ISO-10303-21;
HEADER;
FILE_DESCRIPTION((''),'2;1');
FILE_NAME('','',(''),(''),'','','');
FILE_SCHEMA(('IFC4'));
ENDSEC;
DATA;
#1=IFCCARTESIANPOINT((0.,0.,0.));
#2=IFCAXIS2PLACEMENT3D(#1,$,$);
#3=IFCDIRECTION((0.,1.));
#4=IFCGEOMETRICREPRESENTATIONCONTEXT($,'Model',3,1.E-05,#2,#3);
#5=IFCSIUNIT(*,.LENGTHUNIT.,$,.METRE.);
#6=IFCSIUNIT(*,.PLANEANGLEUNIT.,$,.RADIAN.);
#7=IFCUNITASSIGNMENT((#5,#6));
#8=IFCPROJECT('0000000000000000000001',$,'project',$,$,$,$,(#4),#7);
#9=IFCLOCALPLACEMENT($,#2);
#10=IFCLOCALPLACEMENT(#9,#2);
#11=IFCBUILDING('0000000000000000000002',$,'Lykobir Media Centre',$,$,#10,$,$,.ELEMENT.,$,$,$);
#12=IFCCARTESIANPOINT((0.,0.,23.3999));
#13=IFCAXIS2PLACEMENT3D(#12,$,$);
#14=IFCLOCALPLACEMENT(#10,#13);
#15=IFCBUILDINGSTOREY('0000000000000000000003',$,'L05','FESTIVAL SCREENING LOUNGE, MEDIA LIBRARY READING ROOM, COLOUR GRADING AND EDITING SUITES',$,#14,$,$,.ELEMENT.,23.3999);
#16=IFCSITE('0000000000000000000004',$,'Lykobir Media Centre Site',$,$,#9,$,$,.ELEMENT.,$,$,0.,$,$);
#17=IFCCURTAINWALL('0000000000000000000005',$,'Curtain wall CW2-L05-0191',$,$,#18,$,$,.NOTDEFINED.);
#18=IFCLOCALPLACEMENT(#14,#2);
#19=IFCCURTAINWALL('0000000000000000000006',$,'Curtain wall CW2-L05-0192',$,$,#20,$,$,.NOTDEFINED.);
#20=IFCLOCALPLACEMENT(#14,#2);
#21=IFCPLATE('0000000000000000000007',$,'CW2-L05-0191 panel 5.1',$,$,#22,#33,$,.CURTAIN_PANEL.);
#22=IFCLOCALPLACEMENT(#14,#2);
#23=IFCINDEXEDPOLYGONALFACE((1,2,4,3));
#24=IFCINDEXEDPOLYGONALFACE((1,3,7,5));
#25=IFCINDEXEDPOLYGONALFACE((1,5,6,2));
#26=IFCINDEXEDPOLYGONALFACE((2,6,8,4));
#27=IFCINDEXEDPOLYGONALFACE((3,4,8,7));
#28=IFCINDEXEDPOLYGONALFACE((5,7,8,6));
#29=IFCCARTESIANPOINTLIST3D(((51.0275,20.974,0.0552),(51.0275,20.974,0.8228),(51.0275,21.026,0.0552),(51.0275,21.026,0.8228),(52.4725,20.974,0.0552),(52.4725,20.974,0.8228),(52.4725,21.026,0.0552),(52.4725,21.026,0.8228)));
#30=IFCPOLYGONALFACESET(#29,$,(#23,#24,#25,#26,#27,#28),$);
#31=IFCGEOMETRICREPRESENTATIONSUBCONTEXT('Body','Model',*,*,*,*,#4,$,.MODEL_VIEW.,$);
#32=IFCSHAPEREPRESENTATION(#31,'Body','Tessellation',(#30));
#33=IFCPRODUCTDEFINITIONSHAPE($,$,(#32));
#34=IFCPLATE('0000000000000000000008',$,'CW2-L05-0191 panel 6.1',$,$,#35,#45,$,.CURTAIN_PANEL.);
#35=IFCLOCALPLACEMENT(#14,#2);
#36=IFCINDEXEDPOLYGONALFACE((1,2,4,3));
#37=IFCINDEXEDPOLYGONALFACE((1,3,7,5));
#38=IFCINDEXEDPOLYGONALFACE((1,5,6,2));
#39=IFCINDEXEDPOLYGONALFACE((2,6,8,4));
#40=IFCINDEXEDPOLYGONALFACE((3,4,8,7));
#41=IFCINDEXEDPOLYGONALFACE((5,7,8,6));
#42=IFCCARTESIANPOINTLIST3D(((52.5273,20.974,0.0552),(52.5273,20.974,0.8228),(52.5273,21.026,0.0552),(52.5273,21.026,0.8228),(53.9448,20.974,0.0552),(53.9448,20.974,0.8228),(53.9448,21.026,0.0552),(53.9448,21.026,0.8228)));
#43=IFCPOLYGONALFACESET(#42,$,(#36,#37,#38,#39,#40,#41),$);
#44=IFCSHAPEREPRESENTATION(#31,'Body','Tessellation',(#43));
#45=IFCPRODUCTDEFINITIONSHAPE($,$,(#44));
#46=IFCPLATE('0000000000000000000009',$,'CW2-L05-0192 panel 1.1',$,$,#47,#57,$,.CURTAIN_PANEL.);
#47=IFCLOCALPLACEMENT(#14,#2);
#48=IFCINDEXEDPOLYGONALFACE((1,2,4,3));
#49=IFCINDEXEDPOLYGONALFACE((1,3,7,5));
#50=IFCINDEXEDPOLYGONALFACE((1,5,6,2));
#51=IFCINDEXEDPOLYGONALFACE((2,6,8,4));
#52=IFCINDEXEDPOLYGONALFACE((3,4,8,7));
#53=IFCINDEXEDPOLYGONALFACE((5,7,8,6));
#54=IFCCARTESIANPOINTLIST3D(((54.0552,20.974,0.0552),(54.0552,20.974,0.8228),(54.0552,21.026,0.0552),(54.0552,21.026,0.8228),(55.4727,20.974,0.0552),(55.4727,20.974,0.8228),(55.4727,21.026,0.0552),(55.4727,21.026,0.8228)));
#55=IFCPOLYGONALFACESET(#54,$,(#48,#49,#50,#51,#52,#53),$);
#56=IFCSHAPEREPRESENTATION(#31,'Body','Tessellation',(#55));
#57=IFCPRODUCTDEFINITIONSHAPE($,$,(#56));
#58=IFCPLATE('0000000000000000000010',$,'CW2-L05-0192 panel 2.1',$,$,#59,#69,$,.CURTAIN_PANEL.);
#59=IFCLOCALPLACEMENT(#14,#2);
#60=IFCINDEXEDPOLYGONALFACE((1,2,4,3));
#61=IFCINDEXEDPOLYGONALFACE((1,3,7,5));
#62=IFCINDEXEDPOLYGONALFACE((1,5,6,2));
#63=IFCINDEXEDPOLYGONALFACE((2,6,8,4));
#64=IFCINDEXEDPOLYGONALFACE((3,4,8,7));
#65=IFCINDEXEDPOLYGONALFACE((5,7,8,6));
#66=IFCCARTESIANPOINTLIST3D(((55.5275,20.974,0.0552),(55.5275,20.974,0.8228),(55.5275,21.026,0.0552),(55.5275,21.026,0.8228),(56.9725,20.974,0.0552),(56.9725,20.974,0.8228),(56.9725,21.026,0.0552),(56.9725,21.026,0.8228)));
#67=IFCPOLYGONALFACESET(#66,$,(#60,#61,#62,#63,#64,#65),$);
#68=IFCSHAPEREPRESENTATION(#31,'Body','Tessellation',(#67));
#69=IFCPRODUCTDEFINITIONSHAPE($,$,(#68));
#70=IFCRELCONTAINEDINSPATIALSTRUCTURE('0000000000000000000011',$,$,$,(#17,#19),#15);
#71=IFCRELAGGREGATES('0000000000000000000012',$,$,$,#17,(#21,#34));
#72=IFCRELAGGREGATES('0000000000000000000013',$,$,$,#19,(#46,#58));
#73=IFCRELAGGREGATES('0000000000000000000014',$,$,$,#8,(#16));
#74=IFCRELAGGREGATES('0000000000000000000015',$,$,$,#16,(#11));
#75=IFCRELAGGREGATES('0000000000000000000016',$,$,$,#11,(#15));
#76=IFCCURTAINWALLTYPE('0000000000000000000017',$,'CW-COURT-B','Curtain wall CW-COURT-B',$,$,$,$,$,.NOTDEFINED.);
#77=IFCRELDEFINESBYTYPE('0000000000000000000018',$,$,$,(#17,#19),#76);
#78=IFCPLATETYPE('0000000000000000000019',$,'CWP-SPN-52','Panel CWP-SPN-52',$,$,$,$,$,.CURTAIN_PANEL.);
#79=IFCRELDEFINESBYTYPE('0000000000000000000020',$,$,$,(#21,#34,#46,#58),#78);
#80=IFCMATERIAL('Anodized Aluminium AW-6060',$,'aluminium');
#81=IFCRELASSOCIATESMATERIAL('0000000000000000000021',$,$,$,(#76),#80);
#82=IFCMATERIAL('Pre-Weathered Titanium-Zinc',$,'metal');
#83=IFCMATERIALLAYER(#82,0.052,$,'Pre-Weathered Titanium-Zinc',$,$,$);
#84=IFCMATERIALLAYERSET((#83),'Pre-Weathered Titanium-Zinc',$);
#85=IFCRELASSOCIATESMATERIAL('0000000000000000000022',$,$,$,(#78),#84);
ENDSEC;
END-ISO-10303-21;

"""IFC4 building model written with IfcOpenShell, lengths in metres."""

from ifc_helpers import new_model, si_unit, direction, frame, origin, origin_2d, place, context, subcontext, project, spatial, rectangle, extrude, material, layer, layer_set, type_object, element, aggregate, save


model = new_model("IFC4")

# Units and contexts
model_context = context("Model", 3, precision=1e-05, world=origin(), true_north=direction((0.0, 1.0)))
body_context = subcontext(model_context, "Body", "Model", "MODEL_VIEW")
ifc_project = project(units=[si_unit("LENGTHUNIT", "METRE"), si_unit("PLANEANGLEUNIT", "RADIAN")], contexts=[model_context])

# Site, building, storey
site_placement = place(None, origin())
site = spatial("IfcSite", under=ifc_project, at=site_placement, Name="Lykobir Media Centre Site", CompositionType="ELEMENT", RefElevation=0.0)
building_placement = place(site_placement, origin())
building = spatial("IfcBuilding", under=site, at=building_placement, Name="Lykobir Media Centre", CompositionType="ELEMENT")
storey_placement = place(building_placement, frame((0.0, 0.0, 23.3999)))
storey = spatial("IfcBuildingStorey", under=building, at=storey_placement, Name="L05", Description="FESTIVAL SCREENING LOUNGE, MEDIA LIBRARY READING ROOM, COLOUR GRADING AND EDITING SUITES", CompositionType="ELEMENT", Elevation=23.3999)

# Curtain walls
ifc_material_1 = material(Name="Anodized Aluminium AW-6060", Category="aluminium")
curtain_wall_type = type_object("IfcCurtainWallType", Name="CW-COURT-B", Description="Curtain wall CW-COURT-B", PredefinedType="NOTDEFINED", material=ifc_material_1)
curtain_wall_1_placement = place(storey_placement, origin())
curtain_wall_1 = element("IfcCurtainWall", 1, at=curtain_wall_1_placement, inside=storey, type_object=curtain_wall_type, Name="Curtain wall CW2-L05-0191", PredefinedType="NOTDEFINED")
curtain_wall_2_placement = place(storey_placement, origin())
curtain_wall_2 = element("IfcCurtainWall", 2, at=curtain_wall_2_placement, inside=storey, type_object=curtain_wall_type, Name="Curtain wall CW2-L05-0192", PredefinedType="NOTDEFINED")

# Plates
ifc_material_2 = material(Name="Pre-Weathered Titanium-Zinc", Category="metal")
ifc_layer_1 = layer(ifc_material_2, 0.052, Name="Pre-Weathered Titanium-Zinc")
ifc_layer_set_1 = layer_set([ifc_layer_1], Name="Pre-Weathered Titanium-Zinc")
plate_type_1 = type_object("IfcPlateType", Name="CWP-SPN-52", Description="Panel CWP-SPN-52", PredefinedType="CURTAIN_PANEL", material=ifc_layer_set_1)
plate_1_placement = place(storey_placement, frame((51.75, 21.0, 0.0552), z_axis=(0.0, 0.0, 1.0), x_axis=(1.0, 0.0, 0.0)))
plate_1 = element("IfcPlate", 3, at=plate_1_placement, type_object=plate_type_1, Name="CW2-L05-0191 panel 5.1", PredefinedType="CURTAIN_PANEL", context=body_context, shape_type="SweptSolid", body=[
    extrude(rectangle(XDim=1.4451, YDim=0.052, at=origin_2d()), origin(), (0.0, 0.0, 1.0), 0.7676),
])
plate_2_placement = place(storey_placement, frame((53.2361, 21.0, 0.0552), z_axis=(0.0, 0.0, 1.0), x_axis=(1.0, 0.0, 0.0)))
plate_2 = element("IfcPlate", 4, at=plate_2_placement, type_object=plate_type_1, Name="CW2-L05-0191 panel 6.1", PredefinedType="CURTAIN_PANEL", context=body_context, shape_type="SweptSolid", body=[
    extrude(rectangle(XDim=1.4175, YDim=0.052, at=origin_2d()), origin(), (0.0, 0.0, 1.0), 0.7676),
])
aggregate(curtain_wall_1, [plate_1, plate_2])
plate_3_placement = place(storey_placement, frame((54.7639, 21.0, 0.0552), z_axis=(0.0, 0.0, 1.0), x_axis=(1.0, 0.0, 0.0)))
plate_3 = element("IfcPlate", 5, at=plate_3_placement, type_object=plate_type_1, Name="CW2-L05-0192 panel 1.1", PredefinedType="CURTAIN_PANEL", context=body_context, shape_type="SweptSolid", body=[
    extrude(rectangle(XDim=1.4175, YDim=0.052, at=origin_2d()), origin(), (0.0, 0.0, 1.0), 0.7676),
])
plate_4_placement = place(storey_placement, frame((56.25, 21.0, 0.0552), z_axis=(0.0, 0.0, 1.0), x_axis=(1.0, 0.0, 0.0)))
plate_4 = element("IfcPlate", 6, at=plate_4_placement, type_object=plate_type_1, Name="CW2-L05-0192 panel 2.1", PredefinedType="CURTAIN_PANEL", context=body_context, shape_type="SweptSolid", body=[
    extrude(rectangle(XDim=1.4451, YDim=0.052, at=origin_2d()), origin(), (0.0, 0.0, 1.0), 0.7676),
])
aggregate(curtain_wall_2, [plate_3, plate_4])

save(model, "model.ifc")
